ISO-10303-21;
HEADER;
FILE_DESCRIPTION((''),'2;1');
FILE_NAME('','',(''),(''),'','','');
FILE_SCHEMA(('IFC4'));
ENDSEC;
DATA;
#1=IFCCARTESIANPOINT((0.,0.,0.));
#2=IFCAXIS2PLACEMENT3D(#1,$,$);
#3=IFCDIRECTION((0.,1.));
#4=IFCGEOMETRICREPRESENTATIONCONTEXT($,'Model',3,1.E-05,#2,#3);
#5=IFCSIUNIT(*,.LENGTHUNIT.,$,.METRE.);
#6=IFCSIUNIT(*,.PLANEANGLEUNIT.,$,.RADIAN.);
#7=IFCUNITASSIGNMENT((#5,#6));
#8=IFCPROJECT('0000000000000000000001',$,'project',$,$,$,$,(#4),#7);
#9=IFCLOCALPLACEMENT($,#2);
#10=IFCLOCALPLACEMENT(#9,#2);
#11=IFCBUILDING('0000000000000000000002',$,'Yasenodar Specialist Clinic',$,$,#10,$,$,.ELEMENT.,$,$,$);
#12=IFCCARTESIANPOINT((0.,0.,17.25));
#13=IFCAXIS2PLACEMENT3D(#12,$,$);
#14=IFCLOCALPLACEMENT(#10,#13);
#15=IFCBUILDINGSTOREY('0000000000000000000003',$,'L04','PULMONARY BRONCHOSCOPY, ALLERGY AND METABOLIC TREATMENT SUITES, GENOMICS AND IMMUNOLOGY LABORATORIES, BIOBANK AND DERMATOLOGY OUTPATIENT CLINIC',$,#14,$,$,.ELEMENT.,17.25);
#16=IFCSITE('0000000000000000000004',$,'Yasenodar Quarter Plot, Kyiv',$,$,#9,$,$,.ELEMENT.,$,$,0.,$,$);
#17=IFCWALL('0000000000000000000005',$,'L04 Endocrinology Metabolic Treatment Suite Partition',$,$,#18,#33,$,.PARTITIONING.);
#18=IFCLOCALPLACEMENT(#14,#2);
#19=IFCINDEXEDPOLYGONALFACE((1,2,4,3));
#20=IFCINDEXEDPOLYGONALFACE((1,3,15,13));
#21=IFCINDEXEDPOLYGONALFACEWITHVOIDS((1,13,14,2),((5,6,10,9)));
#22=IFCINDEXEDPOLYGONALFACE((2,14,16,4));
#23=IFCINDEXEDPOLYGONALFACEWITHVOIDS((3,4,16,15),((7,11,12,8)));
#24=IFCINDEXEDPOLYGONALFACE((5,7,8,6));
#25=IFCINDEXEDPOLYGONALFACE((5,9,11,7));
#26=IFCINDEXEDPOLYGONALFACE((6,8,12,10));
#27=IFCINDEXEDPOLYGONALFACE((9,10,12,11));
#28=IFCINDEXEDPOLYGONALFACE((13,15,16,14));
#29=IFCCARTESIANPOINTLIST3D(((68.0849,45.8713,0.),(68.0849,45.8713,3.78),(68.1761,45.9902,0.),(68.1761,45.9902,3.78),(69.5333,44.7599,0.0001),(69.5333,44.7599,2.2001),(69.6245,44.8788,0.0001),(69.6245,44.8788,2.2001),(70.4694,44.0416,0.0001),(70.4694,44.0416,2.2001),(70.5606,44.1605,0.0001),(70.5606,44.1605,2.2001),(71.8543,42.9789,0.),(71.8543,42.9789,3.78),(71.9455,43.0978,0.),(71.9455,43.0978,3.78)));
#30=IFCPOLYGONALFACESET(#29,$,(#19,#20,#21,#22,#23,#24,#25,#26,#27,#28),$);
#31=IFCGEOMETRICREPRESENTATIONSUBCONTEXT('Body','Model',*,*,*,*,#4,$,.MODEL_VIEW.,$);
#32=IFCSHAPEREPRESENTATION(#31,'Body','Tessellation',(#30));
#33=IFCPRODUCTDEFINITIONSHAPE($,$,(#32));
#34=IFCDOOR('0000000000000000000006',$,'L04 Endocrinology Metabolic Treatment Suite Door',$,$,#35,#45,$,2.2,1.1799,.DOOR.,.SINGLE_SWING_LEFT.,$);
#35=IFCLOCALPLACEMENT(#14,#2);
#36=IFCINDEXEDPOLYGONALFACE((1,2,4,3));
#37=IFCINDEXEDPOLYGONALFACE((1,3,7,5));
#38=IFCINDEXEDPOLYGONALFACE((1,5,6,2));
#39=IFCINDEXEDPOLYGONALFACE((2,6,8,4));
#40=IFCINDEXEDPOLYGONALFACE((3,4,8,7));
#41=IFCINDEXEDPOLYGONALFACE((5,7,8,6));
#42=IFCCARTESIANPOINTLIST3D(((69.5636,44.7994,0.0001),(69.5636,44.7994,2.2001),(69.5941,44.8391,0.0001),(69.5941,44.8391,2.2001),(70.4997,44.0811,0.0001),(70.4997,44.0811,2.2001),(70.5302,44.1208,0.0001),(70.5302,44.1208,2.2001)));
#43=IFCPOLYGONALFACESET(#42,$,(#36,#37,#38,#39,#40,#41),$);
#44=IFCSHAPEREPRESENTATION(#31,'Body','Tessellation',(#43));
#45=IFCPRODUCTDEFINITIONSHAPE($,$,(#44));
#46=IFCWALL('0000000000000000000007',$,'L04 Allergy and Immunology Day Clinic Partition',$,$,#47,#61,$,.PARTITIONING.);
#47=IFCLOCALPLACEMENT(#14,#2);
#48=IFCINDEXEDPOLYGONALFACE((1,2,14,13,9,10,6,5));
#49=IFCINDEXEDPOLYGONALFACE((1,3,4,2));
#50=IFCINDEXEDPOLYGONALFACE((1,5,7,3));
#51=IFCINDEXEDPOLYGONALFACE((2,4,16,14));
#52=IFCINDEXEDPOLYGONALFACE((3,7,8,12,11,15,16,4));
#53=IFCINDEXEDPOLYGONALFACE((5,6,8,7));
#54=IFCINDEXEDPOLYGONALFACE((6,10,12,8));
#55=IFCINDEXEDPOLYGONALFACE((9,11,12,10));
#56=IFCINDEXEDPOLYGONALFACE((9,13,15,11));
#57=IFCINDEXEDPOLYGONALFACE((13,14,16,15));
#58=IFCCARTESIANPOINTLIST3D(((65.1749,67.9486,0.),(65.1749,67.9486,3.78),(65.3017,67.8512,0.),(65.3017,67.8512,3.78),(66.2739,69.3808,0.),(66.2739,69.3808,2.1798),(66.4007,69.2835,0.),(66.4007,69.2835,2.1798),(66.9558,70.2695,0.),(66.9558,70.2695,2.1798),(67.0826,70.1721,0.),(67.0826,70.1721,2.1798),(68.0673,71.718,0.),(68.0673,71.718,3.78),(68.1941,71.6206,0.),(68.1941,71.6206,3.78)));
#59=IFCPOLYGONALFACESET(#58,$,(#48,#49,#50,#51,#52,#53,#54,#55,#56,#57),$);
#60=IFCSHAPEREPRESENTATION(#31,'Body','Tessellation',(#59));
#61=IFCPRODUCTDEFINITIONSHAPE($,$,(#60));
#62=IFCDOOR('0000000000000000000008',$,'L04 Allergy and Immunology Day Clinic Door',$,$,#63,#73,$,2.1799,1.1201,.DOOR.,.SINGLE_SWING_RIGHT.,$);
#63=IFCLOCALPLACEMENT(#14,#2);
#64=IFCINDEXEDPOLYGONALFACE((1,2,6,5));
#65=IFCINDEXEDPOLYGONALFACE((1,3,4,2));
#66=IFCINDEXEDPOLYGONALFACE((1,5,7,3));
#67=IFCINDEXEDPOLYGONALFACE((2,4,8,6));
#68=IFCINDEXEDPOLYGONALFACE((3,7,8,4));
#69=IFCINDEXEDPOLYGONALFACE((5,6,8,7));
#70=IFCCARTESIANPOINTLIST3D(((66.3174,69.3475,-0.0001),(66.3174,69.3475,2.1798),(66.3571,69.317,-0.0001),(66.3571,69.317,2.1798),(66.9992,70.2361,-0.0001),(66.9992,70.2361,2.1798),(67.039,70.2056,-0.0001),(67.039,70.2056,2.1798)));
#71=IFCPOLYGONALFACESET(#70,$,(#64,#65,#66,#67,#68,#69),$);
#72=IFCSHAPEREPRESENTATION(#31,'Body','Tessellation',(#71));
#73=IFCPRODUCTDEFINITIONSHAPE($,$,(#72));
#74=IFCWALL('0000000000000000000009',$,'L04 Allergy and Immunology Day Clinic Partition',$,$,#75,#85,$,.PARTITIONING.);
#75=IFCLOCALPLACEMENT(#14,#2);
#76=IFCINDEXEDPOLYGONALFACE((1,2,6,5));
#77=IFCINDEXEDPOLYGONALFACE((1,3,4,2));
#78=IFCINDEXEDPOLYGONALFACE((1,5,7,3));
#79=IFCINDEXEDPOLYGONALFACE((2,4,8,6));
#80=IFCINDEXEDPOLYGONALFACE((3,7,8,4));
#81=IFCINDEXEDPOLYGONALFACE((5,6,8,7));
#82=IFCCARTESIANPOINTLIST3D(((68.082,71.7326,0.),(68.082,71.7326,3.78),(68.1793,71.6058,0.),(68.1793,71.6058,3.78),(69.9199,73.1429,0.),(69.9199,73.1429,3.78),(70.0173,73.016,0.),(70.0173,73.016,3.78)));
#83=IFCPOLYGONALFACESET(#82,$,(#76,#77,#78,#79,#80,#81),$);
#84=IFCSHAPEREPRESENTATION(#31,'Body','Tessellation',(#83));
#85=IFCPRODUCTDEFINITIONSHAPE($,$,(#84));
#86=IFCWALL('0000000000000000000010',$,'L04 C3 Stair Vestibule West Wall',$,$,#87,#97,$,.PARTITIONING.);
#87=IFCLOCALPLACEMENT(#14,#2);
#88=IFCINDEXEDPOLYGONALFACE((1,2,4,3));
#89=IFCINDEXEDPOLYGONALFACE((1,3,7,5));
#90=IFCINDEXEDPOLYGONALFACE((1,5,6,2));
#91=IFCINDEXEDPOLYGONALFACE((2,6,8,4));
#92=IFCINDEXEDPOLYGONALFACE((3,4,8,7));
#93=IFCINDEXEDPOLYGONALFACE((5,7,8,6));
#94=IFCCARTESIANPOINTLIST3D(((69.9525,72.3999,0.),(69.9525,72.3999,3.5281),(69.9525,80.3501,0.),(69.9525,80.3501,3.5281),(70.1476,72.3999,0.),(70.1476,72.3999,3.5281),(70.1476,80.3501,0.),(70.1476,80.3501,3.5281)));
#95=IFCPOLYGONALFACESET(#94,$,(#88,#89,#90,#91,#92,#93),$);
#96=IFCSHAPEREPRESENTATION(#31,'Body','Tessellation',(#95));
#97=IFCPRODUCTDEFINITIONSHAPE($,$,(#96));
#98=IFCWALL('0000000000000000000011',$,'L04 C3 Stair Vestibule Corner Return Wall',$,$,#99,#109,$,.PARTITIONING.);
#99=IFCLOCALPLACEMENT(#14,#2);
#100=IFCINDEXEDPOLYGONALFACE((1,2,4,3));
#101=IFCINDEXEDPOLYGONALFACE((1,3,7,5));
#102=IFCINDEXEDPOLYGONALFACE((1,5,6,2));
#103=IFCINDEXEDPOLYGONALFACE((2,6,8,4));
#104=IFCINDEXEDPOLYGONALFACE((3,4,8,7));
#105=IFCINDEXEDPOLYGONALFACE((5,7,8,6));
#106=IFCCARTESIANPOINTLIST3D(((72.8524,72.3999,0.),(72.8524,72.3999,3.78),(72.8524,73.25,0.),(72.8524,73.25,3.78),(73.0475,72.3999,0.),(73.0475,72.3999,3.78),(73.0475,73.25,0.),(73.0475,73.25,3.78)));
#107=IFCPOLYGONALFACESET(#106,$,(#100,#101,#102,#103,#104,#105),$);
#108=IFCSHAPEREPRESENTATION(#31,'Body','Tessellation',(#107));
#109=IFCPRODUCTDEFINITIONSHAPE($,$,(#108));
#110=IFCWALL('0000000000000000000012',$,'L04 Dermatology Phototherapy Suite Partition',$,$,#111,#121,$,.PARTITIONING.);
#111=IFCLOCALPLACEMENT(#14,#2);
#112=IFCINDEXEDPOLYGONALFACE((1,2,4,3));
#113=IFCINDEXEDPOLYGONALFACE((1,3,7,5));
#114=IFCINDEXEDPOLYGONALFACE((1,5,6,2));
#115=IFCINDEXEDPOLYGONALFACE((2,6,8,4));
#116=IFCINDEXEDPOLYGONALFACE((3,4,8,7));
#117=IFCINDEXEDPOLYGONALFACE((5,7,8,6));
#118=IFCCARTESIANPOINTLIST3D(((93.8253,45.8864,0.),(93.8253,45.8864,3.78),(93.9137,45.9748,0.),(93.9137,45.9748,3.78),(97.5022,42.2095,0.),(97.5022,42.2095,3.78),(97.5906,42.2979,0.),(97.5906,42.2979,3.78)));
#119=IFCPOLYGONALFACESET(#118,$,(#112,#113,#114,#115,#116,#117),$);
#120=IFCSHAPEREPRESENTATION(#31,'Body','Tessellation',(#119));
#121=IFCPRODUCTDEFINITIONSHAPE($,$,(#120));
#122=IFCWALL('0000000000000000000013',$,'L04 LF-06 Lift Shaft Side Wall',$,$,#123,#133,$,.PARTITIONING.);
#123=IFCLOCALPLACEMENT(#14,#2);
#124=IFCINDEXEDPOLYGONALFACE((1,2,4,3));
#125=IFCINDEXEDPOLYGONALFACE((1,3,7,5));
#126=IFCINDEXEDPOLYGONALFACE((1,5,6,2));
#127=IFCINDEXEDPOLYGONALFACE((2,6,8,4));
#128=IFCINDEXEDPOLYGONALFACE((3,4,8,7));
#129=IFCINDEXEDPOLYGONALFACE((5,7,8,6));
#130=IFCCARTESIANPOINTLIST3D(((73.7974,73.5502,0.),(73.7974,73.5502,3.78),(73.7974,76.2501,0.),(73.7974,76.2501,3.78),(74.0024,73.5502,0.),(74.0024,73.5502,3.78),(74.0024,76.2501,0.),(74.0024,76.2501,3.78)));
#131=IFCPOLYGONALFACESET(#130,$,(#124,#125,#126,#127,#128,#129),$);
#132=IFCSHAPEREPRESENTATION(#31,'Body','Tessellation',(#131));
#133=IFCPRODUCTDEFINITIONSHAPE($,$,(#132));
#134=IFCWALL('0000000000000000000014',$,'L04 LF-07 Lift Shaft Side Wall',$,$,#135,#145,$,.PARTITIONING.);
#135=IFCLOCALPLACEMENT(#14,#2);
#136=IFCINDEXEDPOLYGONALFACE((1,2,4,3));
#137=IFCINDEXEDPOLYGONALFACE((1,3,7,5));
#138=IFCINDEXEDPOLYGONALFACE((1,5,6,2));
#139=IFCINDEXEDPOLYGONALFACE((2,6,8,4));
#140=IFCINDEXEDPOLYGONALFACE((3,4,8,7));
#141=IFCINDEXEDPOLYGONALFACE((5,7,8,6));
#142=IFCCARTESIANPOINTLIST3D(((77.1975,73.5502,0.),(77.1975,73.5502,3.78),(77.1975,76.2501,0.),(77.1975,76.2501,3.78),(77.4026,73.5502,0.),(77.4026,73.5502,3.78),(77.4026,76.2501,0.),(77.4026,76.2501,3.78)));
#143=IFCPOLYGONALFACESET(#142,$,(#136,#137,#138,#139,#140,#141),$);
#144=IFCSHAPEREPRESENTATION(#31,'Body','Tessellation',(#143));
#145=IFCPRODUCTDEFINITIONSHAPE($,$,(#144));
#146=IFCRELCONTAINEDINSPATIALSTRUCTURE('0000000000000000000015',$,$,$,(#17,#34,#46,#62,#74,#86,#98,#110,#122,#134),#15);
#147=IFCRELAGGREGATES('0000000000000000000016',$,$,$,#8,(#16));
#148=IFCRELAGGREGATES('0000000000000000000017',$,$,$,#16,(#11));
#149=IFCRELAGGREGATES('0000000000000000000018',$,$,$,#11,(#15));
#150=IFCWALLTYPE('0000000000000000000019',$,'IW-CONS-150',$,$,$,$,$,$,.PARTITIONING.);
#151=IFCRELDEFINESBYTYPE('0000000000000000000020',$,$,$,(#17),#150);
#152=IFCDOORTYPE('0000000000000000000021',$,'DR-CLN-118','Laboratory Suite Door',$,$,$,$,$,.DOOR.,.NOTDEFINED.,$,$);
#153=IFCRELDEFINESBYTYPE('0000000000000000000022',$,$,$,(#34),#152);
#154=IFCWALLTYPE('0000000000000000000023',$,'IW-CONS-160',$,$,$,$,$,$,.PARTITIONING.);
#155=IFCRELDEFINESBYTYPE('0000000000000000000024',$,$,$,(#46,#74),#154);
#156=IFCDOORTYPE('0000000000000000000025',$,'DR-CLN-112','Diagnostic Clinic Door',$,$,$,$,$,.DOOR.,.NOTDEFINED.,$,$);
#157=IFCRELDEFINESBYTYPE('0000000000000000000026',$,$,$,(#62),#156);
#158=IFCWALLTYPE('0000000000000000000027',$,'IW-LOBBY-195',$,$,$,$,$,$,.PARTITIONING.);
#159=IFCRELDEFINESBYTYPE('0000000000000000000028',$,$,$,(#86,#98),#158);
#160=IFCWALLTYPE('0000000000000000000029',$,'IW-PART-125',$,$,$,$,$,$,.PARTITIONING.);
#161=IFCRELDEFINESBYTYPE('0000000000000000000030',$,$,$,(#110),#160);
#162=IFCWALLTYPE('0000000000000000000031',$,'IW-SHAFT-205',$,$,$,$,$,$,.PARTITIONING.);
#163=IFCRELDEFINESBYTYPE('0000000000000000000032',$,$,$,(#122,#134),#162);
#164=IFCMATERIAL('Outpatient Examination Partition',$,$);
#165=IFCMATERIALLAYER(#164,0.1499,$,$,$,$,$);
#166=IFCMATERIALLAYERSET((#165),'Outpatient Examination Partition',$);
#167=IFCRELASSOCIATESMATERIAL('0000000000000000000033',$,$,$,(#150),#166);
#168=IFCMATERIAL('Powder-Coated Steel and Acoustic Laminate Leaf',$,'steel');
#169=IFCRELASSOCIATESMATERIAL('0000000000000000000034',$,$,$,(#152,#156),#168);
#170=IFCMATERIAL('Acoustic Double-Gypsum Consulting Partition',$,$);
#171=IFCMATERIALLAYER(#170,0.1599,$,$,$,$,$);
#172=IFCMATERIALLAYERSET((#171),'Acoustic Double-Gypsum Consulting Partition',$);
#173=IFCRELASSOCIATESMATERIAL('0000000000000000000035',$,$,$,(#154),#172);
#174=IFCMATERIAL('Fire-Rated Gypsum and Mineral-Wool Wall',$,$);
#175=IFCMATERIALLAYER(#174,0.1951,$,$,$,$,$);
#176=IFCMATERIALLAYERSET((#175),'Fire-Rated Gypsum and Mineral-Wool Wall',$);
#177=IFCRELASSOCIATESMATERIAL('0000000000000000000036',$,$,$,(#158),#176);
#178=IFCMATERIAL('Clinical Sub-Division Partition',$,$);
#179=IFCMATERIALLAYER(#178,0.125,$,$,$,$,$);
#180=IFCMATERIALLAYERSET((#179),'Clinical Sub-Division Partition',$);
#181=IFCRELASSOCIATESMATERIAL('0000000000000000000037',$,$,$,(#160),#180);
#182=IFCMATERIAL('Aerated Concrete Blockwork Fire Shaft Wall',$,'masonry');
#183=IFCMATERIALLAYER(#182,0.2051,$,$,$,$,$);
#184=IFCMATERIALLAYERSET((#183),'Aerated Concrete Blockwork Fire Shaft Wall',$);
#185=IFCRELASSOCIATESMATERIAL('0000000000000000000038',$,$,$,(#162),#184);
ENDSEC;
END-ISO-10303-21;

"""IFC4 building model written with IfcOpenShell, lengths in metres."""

from ifc_helpers import new_model, si_unit, direction, frame, frame_2d, origin, place, context, subcontext, project, spatial, rectangle, extrude, material, layer, layer_set, type_object, element, fill, save


model = new_model("IFC4")

# Units and contexts
model_context = context("Model", 3, precision=1e-05, world=origin(), true_north=direction((0.0, 1.0)))
body_context = subcontext(model_context, "Body", "Model", "MODEL_VIEW")
ifc_project = project(units=[si_unit("LENGTHUNIT", "METRE"), si_unit("PLANEANGLEUNIT", "RADIAN")], contexts=[model_context])

# Site, building, storey
site_placement = place(None, origin())
site = spatial("IfcSite", under=ifc_project, at=site_placement, Name="Yasenodar Quarter Plot, Kyiv", CompositionType="ELEMENT", RefElevation=0.0)
building_placement = place(site_placement, origin())
building = spatial("IfcBuilding", under=site, at=building_placement, Name="Yasenodar Specialist Clinic", CompositionType="ELEMENT")
storey_placement = place(building_placement, frame((0.0, 0.0, 17.25)))
storey = spatial("IfcBuildingStorey", under=building, at=storey_placement, Name="L04", Description="PULMONARY BRONCHOSCOPY, ALLERGY AND METABOLIC TREATMENT SUITES, GENOMICS AND IMMUNOLOGY LABORATORIES, BIOBANK AND DERMATOLOGY OUTPATIENT CLINIC", CompositionType="ELEMENT", Elevation=17.25)

# Walls, openings, doors
ifc_material_1 = material(Name="Outpatient Examination Partition")
ifc_layer_1 = layer(ifc_material_1, 0.1499)
ifc_layer_set_1 = layer_set([ifc_layer_1], Name="Outpatient Examination Partition")
wall_type_1 = type_object("IfcWallType", Name="IW-CONS-150", PredefinedType="PARTITIONING", material=ifc_layer_set_1)
wall_1_placement = place(storey_placement, frame((68.1306, 45.9307, 0.0), z_axis=(0.0, 0.0, 1.0), x_axis=(0.793347, -0.608769, 0.0)))
wall_1 = element("IfcWall", 1, at=wall_1_placement, inside=storey, type_object=wall_type_1, Name="L04 Endocrinology Metabolic Treatment Suite Partition", PredefinedType="PARTITIONING", context=body_context, shape_type="SweptSolid", body=[
    extrude(rectangle(XDim=4.7512, YDim=0.1499, at=frame_2d((2.3755, 0.0))), origin(), (0.0, 0.0, 1.0), 3.78),
])
opening_1_placement = place(wall_1_placement, frame((1.8257, 0.0, 0.0)))
opening_1 = element("IfcOpeningElement", 2, at=opening_1_placement, cuts=wall_1, PredefinedType="OPENING", context=body_context, shape_type="SweptSolid", body=[
    extrude(rectangle(XDim=1.1799, YDim=2.2, at=frame_2d((0.5898, 1.1001))), frame((0.0, 0.085, 0.0), z_axis=(0.0, -1.0, 0.0), x_axis=(1.0, 0.0, 0.0)), (0.0, 0.0, 1.0), 0.1699),
])
ifc_material_2 = material(Name="Powder-Coated Steel and Acoustic Laminate Leaf", Category="steel")
door_type_1 = type_object("IfcDoorType", Name="DR-CLN-118", Description="Laboratory Suite Door", OperationType="NOTDEFINED", PredefinedType="DOOR", material=ifc_material_2)
door_1_placement = place(opening_1_placement, origin())
door_1 = element("IfcDoor", 3, at=door_1_placement, inside=storey, type_object=door_type_1, Name="L04 Endocrinology Metabolic Treatment Suite Door", OperationType="SINGLE_SWING_LEFT", OverallHeight=2.2, OverallWidth=1.1799, PredefinedType="DOOR", context=body_context, shape_type="SweptSolid", body=[
    extrude(rectangle(XDim=1.1799, YDim=2.2, at=frame_2d((0.5898, 1.1001))), frame((0.0, 0.0249, 0.0), z_axis=(0.0, -1.0, 0.0), x_axis=(1.0, 0.0, 0.0)), (0.0, 0.0, 1.0), 0.05),
])
fill(opening_1, door_1)
ifc_material_3 = material(Name="Acoustic Double-Gypsum Consulting Partition")
ifc_layer_2 = layer(ifc_material_3, 0.1599)
ifc_layer_set_2 = layer_set([ifc_layer_2], Name="Acoustic Double-Gypsum Consulting Partition")
wall_type_2 = type_object("IfcWallType", Name="IW-CONS-160", PredefinedType="PARTITIONING", material=ifc_layer_set_2)
wall_2_placement = place(storey_placement, frame((68.1306, 71.6692, 0.0), z_axis=(0.0, 0.0, 1.0), x_axis=(-0.608769, -0.793347, 0.0)))
wall_2 = element("IfcWall", 4, at=wall_2_placement, inside=storey, type_object=wall_type_2, Name="L04 Allergy and Immunology Day Clinic Partition", PredefinedType="PARTITIONING", context=body_context, shape_type="SweptSolid", body=[
    extrude(rectangle(XDim=4.7512, YDim=0.1599, at=frame_2d((2.3755, 0.0))), origin(), (0.0, 0.0, 1.0), 3.78),
])
opening_2_placement = place(wall_2_placement, frame((1.8257, 0.0, 0.0)))
opening_2 = element("IfcOpeningElement", 5, at=opening_2_placement, cuts=wall_2, PredefinedType="OPENING", context=body_context, shape_type="SweptSolid", body=[
    extrude(rectangle(XDim=1.1201, YDim=2.1799, at=frame_2d((0.5601, 1.0898))), frame((0.0, 0.0898, 0.0), z_axis=(0.0, -1.0, 0.0), x_axis=(1.0, 0.0, 0.0)), (0.0, 0.0, 1.0), 0.1799),
])
door_type_2 = type_object("IfcDoorType", Name="DR-CLN-112", Description="Diagnostic Clinic Door", OperationType="NOTDEFINED", PredefinedType="DOOR", material=ifc_material_2)
door_2_placement = place(opening_2_placement, origin())
door_2 = element("IfcDoor", 6, at=door_2_placement, inside=storey, type_object=door_type_2, Name="L04 Allergy and Immunology Day Clinic Door", OperationType="SINGLE_SWING_RIGHT", OverallHeight=2.1799, OverallWidth=1.1201, PredefinedType="DOOR", context=body_context, shape_type="SweptSolid", body=[
    extrude(rectangle(XDim=1.1201, YDim=2.1799, at=frame_2d((0.5601, 1.0898))), frame((0.0, 0.0249, 0.0), z_axis=(0.0, -1.0, 0.0), x_axis=(1.0, 0.0, 0.0)), (0.0, 0.0, 1.0), 0.05),
])
fill(opening_2, door_2)

# Walls
wall_3_placement = place(storey_placement, frame((69.9685, 73.0793, 0.0), z_axis=(0.0, 0.0, 1.0), x_axis=(-0.793376, -0.608732, 0.0)))
element("IfcWall", 7, at=wall_3_placement, inside=storey, type_object=wall_type_2, Name="L04 Allergy and Immunology Day Clinic Partition", PredefinedType="PARTITIONING", context=body_context, shape_type="SweptSolid", body=[
    extrude(rectangle(XDim=2.3167, YDim=0.1599, at=frame_2d((1.1582, 0.0))), origin(), (0.0, 0.0, 1.0), 3.78),
])
ifc_material_4 = material(Name="Fire-Rated Gypsum and Mineral-Wool Wall")
ifc_layer_3 = layer(ifc_material_4, 0.1951)
ifc_layer_set_3 = layer_set([ifc_layer_3], Name="Fire-Rated Gypsum and Mineral-Wool Wall")
wall_type_3 = type_object("IfcWallType", Name="IW-LOBBY-195", PredefinedType="PARTITIONING", material=ifc_layer_set_3)
wall_4_placement = place(storey_placement, frame((70.05, 72.3999, 0.0), z_axis=(0.0, 0.0, 1.0), x_axis=(0.0, 1.0, 0.0)))
element("IfcWall", 8, at=wall_4_placement, inside=storey, type_object=wall_type_3, Name="L04 C3 Stair Vestibule West Wall", PredefinedType="PARTITIONING", context=body_context, shape_type="SweptSolid", body=[
    extrude(rectangle(XDim=7.9502, YDim=0.1951, at=frame_2d((3.9751, 0.0))), origin(), (0.0, 0.0, 1.0), 3.5281),
])

# Walls
wall_5_placement = place(storey_placement, frame((72.95, 72.3999, 0.0), z_axis=(0.0, 0.0, 1.0), x_axis=(0.0, 1.0, 0.0)))
element("IfcWall", 9, at=wall_5_placement, inside=storey, type_object=wall_type_3, Name="L04 C3 Stair Vestibule Corner Return Wall", PredefinedType="PARTITIONING", context=body_context, shape_type="SweptSolid", body=[
    extrude(rectangle(XDim=0.8501, YDim=0.1951, at=frame_2d((0.425, 0.0))), origin(), (0.0, 0.0, 1.0), 3.78),
])
ifc_material_5 = material(Name="Clinical Sub-Division Partition")
ifc_layer_4 = layer(ifc_material_5, 0.125)
ifc_layer_set_4 = layer_set([ifc_layer_4], Name="Clinical Sub-Division Partition")
wall_type_4 = type_object("IfcWallType", Name="IW-PART-125", PredefinedType="PARTITIONING", material=ifc_layer_set_4)
wall_6_placement = place(storey_placement, frame((93.8694, 45.9307, 0.0), z_axis=(0.0, 0.0, 1.0), x_axis=(0.707107, -0.707107, 0.0)))
element("IfcWall", 10, at=wall_6_placement, inside=storey, type_object=wall_type_4, Name="L04 Dermatology Phototherapy Suite Partition", PredefinedType="PARTITIONING", context=body_context, shape_type="SweptSolid", body=[
    extrude(rectangle(XDim=5.2, YDim=0.125, at=frame_2d((2.6001, 0.0))), origin(), (0.0, 0.0, 1.0), 3.78),
])
ifc_material_6 = material(Name="Aerated Concrete Blockwork Fire Shaft Wall", Category="masonry")
ifc_layer_5 = layer(ifc_material_6, 0.2051)
ifc_layer_set_5 = layer_set([ifc_layer_5], Name="Aerated Concrete Blockwork Fire Shaft Wall")
wall_type_5 = type_object("IfcWallType", Name="IW-SHAFT-205", PredefinedType="PARTITIONING", material=ifc_layer_set_5)
for number, where, z_axis, x_axis, name in (
    (11, (73.8999, 73.55, 0.0), (0.0, 0.0, 1.0), (0.0, 1.0, 0.0), "L04 LF-06 Lift Shaft Side Wall"),
    (12, (77.3, 73.55, 0.0), (0.0, 0.0, 1.0), (0.0, 1.0, 0.0), "L04 LF-07 Lift Shaft Side Wall"),
):
    element("IfcWall", number, at=place(storey_placement, frame(where, z_axis=z_axis, x_axis=x_axis)), inside=storey, type_object=wall_type_5, Name=name, PredefinedType="PARTITIONING", context=body_context, shape_type="SweptSolid", body=[
        extrude(rectangle(XDim=2.7, YDim=0.2051, at=frame_2d((1.3501, 0.0))), origin(), (0.0, 0.0, 1.0), 3.78),
    ])

save(model, "model.ifc")
